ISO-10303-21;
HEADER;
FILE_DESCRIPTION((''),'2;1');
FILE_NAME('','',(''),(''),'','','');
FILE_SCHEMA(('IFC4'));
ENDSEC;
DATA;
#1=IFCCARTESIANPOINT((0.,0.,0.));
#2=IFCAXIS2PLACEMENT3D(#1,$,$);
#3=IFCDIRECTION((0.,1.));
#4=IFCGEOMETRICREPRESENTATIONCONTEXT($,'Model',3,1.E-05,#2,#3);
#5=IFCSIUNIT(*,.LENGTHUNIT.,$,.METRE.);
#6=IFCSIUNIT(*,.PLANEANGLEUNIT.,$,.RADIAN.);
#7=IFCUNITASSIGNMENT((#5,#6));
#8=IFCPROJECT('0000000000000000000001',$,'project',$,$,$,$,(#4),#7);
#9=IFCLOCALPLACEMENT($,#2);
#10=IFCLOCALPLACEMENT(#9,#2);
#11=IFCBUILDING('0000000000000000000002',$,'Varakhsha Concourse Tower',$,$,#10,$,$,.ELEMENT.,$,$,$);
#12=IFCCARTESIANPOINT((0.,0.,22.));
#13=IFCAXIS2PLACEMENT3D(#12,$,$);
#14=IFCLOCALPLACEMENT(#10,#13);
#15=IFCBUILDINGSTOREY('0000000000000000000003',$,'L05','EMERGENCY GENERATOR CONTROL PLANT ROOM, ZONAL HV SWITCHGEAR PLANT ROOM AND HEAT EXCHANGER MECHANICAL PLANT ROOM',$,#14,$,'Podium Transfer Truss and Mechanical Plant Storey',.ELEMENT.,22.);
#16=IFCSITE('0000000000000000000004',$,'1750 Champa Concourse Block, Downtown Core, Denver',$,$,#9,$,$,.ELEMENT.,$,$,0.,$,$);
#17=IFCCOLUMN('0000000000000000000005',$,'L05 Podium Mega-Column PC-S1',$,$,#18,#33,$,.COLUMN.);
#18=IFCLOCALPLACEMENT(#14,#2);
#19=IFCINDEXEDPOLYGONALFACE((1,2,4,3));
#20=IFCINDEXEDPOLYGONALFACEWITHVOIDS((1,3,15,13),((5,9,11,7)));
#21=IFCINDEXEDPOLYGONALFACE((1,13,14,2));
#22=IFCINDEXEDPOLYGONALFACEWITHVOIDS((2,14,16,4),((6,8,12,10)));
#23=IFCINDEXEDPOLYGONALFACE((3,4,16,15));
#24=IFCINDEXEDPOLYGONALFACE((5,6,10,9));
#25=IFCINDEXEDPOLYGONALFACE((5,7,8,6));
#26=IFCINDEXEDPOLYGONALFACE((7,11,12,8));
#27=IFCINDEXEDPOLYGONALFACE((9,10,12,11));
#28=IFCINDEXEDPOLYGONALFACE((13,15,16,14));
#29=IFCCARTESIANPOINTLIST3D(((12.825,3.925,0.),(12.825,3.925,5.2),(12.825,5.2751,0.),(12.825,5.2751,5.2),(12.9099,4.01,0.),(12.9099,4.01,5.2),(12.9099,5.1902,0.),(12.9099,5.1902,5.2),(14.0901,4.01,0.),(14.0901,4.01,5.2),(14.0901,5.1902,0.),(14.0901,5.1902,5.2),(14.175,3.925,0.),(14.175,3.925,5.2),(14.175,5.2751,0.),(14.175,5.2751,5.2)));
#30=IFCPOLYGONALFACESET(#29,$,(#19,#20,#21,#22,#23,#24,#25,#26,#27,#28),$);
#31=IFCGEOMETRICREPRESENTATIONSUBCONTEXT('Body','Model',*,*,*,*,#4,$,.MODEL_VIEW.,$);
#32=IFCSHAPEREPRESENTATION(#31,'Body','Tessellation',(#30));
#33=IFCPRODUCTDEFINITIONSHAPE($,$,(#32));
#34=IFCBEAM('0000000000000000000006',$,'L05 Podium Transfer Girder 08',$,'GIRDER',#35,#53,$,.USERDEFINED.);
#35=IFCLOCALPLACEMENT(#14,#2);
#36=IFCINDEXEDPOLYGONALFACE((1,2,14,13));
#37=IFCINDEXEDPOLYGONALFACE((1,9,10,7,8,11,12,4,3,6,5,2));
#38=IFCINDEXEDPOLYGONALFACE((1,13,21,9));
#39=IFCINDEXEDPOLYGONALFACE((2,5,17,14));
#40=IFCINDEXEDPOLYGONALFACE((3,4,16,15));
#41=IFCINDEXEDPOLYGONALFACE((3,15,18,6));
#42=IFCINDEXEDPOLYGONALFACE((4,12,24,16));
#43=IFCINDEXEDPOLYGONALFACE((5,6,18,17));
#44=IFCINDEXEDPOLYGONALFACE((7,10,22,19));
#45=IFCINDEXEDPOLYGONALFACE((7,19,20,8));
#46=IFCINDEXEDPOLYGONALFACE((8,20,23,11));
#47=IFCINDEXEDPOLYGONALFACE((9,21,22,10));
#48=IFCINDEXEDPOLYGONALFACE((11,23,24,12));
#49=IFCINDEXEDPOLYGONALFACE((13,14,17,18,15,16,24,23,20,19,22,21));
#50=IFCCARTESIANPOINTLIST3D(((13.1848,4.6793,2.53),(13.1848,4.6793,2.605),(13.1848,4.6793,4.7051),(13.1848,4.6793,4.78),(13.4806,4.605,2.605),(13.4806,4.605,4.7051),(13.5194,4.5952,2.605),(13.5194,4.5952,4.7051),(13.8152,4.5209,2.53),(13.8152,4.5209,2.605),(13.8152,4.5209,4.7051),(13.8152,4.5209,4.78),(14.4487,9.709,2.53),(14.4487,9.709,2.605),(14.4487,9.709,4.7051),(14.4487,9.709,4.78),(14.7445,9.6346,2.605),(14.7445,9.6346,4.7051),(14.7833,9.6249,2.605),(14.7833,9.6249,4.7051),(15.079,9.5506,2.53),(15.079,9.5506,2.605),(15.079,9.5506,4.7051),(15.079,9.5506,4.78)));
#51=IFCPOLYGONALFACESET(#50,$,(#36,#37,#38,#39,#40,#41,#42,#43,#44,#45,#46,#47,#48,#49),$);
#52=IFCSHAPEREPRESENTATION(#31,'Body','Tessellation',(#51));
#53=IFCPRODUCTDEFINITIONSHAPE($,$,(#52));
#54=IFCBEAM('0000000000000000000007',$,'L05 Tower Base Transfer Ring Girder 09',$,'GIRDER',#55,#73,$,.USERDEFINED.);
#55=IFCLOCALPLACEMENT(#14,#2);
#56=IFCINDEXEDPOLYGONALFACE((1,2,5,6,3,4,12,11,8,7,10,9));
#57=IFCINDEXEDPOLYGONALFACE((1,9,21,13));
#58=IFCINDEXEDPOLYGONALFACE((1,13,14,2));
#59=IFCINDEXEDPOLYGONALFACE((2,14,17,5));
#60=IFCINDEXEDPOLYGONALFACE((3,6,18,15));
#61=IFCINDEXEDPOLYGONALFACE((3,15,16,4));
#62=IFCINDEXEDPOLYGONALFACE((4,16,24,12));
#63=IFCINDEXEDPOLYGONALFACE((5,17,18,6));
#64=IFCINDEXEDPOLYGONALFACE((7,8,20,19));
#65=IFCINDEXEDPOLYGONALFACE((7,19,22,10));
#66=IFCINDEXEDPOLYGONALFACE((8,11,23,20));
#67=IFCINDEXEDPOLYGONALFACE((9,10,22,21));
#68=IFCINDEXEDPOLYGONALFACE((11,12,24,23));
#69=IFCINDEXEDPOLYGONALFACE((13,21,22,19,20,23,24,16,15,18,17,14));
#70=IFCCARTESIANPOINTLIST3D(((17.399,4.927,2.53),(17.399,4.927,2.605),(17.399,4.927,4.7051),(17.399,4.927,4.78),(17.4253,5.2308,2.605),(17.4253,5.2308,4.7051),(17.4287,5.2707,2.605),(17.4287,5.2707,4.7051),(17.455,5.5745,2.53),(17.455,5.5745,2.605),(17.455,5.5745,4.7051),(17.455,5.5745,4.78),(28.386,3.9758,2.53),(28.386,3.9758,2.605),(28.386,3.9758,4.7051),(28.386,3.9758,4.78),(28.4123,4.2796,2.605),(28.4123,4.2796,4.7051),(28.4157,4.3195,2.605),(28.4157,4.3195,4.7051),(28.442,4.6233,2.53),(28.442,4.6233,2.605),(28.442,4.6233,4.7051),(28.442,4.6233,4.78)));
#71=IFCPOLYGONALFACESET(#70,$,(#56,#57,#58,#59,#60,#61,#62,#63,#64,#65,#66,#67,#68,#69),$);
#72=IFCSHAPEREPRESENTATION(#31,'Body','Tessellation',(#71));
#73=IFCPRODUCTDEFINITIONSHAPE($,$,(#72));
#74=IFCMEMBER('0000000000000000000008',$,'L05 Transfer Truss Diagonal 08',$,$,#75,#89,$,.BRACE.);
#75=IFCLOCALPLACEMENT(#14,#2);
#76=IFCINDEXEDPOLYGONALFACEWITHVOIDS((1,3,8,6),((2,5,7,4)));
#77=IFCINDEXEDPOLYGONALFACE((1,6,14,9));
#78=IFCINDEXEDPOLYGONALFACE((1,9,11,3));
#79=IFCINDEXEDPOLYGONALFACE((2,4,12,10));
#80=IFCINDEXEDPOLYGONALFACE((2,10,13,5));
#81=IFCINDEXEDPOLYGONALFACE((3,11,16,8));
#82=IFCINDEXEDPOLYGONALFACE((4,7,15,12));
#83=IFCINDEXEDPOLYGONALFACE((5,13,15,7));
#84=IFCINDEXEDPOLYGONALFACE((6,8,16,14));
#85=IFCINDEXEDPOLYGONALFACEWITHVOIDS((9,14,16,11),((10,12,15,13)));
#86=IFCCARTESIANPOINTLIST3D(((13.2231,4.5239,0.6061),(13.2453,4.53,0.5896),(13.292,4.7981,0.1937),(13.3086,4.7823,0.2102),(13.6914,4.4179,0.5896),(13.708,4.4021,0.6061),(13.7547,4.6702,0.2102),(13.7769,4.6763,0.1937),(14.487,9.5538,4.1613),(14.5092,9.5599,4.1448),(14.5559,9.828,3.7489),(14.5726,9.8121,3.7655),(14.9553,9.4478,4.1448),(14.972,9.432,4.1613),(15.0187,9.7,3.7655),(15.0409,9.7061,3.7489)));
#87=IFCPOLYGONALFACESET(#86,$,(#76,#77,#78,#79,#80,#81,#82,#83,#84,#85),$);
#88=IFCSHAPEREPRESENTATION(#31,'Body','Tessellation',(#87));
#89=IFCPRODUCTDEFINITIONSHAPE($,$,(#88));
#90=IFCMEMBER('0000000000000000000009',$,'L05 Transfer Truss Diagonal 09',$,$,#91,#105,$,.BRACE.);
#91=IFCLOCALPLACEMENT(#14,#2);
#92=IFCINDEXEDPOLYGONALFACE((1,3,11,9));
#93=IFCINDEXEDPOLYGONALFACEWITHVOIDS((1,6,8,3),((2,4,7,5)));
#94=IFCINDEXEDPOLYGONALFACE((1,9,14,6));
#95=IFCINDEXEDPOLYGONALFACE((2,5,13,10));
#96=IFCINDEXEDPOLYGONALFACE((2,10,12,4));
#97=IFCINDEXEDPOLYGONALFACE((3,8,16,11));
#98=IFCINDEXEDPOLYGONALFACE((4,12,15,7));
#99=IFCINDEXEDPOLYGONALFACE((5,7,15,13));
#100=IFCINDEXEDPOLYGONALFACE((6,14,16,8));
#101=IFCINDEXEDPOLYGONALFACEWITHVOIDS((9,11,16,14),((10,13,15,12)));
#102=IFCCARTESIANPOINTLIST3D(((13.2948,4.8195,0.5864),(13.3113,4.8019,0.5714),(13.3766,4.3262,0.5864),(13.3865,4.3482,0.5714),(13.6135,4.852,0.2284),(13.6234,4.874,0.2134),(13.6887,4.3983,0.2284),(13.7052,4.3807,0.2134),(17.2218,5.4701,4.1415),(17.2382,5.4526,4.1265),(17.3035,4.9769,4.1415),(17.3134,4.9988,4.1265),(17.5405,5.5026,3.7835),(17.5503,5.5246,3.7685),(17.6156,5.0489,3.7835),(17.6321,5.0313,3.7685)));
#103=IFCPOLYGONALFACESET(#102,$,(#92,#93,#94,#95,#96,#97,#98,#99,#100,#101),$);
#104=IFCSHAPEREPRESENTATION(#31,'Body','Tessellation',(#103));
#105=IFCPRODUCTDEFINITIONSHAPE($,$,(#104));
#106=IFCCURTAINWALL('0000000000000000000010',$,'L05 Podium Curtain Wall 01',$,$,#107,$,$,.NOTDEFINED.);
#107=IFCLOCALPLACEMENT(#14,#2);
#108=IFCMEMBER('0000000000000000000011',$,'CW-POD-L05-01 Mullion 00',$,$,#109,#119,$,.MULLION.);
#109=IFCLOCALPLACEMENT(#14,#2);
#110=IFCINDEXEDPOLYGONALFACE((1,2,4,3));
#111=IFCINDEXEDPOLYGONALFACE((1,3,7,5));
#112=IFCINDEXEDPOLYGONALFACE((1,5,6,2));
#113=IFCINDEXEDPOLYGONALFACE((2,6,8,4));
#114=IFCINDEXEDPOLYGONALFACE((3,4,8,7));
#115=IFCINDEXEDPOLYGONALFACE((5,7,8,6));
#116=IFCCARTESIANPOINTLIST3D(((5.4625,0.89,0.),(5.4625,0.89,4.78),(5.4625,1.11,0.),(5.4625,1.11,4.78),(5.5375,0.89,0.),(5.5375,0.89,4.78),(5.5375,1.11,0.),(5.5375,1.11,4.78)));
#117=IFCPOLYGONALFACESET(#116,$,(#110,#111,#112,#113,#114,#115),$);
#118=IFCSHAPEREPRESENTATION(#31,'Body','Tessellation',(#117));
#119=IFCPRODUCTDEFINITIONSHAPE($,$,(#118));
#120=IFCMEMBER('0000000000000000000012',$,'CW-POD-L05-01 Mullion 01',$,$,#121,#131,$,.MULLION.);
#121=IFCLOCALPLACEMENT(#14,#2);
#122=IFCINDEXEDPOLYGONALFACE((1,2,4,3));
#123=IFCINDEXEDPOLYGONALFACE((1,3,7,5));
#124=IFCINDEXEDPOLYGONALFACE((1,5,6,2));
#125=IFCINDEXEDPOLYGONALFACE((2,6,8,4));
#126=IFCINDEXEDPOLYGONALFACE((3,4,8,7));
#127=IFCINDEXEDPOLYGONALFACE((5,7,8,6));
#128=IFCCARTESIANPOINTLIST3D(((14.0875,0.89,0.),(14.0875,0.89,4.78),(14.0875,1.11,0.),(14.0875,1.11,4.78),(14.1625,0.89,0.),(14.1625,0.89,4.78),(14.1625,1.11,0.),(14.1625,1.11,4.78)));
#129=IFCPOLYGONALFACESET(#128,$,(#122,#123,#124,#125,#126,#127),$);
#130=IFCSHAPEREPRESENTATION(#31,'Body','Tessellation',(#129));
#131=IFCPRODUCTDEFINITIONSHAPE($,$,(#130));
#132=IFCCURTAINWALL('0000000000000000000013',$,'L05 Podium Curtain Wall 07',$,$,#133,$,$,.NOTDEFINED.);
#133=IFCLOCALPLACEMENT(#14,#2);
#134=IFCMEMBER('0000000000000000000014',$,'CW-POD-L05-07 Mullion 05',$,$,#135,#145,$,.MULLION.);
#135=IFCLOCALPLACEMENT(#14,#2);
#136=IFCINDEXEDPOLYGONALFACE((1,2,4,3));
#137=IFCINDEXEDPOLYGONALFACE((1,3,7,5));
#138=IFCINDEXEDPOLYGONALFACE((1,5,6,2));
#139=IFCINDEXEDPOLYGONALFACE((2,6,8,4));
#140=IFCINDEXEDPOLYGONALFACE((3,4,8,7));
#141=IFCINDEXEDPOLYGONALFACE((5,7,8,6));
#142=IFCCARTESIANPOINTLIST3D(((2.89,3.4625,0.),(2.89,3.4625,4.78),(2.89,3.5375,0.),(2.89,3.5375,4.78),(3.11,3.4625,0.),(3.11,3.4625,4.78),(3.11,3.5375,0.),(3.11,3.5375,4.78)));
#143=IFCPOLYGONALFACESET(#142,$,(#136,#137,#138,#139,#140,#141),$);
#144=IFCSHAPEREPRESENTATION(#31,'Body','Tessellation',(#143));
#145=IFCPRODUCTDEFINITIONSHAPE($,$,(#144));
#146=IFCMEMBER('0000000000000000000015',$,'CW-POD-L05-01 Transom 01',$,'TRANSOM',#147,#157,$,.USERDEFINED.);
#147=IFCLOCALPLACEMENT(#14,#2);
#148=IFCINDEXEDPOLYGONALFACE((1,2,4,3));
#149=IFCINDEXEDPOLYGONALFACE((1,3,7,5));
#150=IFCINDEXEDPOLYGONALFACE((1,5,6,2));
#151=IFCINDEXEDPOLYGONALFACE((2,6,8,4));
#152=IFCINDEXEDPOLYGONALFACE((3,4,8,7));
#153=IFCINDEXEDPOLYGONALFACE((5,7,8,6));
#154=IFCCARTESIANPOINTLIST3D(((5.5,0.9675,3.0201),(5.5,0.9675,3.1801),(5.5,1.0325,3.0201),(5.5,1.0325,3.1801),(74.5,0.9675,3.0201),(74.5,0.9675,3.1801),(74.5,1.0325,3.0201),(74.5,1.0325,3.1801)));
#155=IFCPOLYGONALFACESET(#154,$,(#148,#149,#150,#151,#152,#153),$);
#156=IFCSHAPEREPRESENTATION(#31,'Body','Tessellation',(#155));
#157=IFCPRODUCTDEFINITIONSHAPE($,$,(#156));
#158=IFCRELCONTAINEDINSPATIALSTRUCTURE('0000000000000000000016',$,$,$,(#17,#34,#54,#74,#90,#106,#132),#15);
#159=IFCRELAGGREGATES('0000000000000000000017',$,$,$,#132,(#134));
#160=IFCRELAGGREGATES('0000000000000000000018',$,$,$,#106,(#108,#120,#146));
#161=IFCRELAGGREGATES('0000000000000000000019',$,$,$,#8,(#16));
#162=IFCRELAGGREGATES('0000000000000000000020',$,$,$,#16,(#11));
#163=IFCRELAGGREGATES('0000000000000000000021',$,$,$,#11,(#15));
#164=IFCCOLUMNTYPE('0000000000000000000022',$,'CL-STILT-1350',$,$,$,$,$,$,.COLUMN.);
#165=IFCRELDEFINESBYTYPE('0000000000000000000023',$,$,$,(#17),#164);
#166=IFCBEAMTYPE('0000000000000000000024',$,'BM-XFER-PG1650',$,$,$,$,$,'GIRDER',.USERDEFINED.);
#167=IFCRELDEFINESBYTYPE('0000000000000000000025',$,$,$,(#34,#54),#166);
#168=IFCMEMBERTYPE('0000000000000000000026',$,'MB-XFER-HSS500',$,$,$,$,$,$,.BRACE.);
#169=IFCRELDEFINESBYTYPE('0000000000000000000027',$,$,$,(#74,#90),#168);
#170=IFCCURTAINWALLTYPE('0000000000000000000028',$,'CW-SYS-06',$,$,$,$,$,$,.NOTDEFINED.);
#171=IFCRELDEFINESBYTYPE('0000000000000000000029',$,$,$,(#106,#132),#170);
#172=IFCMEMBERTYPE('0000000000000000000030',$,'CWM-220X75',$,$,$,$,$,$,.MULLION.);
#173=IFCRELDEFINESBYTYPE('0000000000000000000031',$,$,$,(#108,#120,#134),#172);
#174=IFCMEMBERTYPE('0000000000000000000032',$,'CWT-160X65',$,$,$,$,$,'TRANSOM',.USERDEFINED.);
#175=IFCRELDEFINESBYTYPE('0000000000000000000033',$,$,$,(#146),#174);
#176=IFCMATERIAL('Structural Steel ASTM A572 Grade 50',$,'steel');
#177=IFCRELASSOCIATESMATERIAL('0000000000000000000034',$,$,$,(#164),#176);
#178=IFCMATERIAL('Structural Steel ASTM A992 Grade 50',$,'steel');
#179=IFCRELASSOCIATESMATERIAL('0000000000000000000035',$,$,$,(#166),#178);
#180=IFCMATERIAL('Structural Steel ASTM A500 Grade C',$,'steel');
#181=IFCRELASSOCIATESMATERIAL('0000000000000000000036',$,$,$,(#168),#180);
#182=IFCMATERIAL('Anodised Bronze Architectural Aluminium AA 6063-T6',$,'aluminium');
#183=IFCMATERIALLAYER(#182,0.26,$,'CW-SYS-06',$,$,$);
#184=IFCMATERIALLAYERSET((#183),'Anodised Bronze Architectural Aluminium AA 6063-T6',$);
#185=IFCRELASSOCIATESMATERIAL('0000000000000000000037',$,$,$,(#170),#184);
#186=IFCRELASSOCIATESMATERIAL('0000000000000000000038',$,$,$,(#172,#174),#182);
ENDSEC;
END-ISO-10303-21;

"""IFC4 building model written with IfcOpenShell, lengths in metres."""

from ifc_helpers import new_model, si_unit, direction, frame, origin, origin_2d, place, context, subcontext, project, spatial, rectangle, hollow_rectangle, i_section, extrude, source, transform, mapped, material, layer, layer_set, material_profile, profile_set, type_object, type_shapes, element, aggregate, save


model = new_model("IFC4")

# Units and contexts
model_context = context("Model", 3, precision=1e-05, world=origin(), true_north=direction((0.0, 1.0)))
body_context = subcontext(model_context, "Body", "Model", "MODEL_VIEW")
ifc_project = project(units=[si_unit("LENGTHUNIT", "METRE"), si_unit("PLANEANGLEUNIT", "RADIAN")], contexts=[model_context])

# Site, building, storey
site_placement = place(None, origin())
site = spatial("IfcSite", under=ifc_project, at=site_placement, Name="1750 Champa Concourse Block, Downtown Core, Denver", CompositionType="ELEMENT", RefElevation=0.0)
building_placement = place(site_placement, origin())
building = spatial("IfcBuilding", under=site, at=building_placement, Name="Varakhsha Concourse Tower", CompositionType="ELEMENT")
storey_placement = place(building_placement, frame((0.0, 0.0, 22.0)))
storey = spatial("IfcBuildingStorey", under=building, at=storey_placement, Name="L05", Description="EMERGENCY GENERATOR CONTROL PLANT ROOM, ZONAL HV SWITCHGEAR PLANT ROOM AND HEAT EXCHANGER MECHANICAL PLANT ROOM", LongName="Podium Transfer Truss and Mechanical Plant Storey", CompositionType="ELEMENT", Elevation=22.0)

# Column
ifc_material_1 = material(Name="Structural Steel ASTM A572 Grade 50", Category="steel")
ifc_material_profile_1 = material_profile(ifc_material_1, hollow_rectangle(XDim=1.3501, YDim=1.3501, WallThickness=0.085, at=origin_2d()), Name="BOX 1350x1350x85")
ifc_profile_set_1 = profile_set([ifc_material_profile_1], Name="Structural Steel ASTM A572 Grade 50")
column_type = type_object("IfcColumnType", Name="CL-STILT-1350", PredefinedType="COLUMN", material=ifc_profile_set_1)
column_placement = place(storey_placement, frame((13.5, 4.6001, 0.0), z_axis=(0.0, 0.0, 1.0), x_axis=(1.0, 0.0, 0.0)))
element("IfcColumn", 1, at=column_placement, inside=storey, type_object=column_type, Name="L05 Podium Mega-Column PC-S1", PredefinedType="COLUMN", context=body_context, shape_type="SweptSolid", body=[
    extrude(hollow_rectangle(XDim=1.3501, YDim=1.3501, WallThickness=0.085, at=origin_2d()), origin(), (0.0, 0.0, 1.0), 5.2),
])

# Beams
ifc_material_2 = material(Name="Structural Steel ASTM A992 Grade 50", Category="steel")
ifc_material_profile_2 = material_profile(ifc_material_2, i_section(OverallWidth=0.6499, OverallDepth=2.25, WebThickness=0.04, FlangeThickness=0.075, at=origin_2d()), Name="PG 2250x650x75x40")
ifc_profile_set_2 = profile_set([ifc_material_profile_2], Name="Structural Steel ASTM A992 Grade 50")
beam_type = type_object("IfcBeamType", Name="BM-XFER-PG1650", ElementType="GIRDER", PredefinedType="USERDEFINED", material=ifc_profile_set_2)
beam_1_placement = place(storey_placement, frame((13.5, 4.6001, 3.655), z_axis=(0.24371, 0.969848, 0.0), x_axis=(-0.969848, 0.24371, 0.0)))
element("IfcBeam", 2, at=beam_1_placement, inside=storey, type_object=beam_type, Name="L05 Podium Transfer Girder 08", ObjectType="GIRDER", PredefinedType="USERDEFINED", context=body_context, shape_type="SweptSolid", body=[
    extrude(i_section(OverallWidth=0.6499, OverallDepth=2.25, WebThickness=0.04, FlangeThickness=0.075, at=origin_2d()), origin(), (0.0, 0.0, 1.0), 5.186),
])
beam_2_placement = place(storey_placement, frame((17.427, 5.2507, 3.655), z_axis=(0.996274, -0.086249, 0.0), x_axis=(0.086249, 0.996274, 0.0)))
element("IfcBeam", 3, at=beam_2_placement, inside=storey, type_object=beam_type, Name="L05 Tower Base Transfer Ring Girder 09", ObjectType="GIRDER", PredefinedType="USERDEFINED", context=body_context, shape_type="SweptSolid", body=[
    extrude(i_section(OverallWidth=0.6499, OverallDepth=2.25, WebThickness=0.04, FlangeThickness=0.075, at=origin_2d()), origin(), (0.0, 0.0, 1.0), 11.0281),
])

# Members
ifc_material_3 = material(Name="Structural Steel ASTM A500 Grade C", Category="steel")
ifc_material_profile_3 = material_profile(ifc_material_3, hollow_rectangle(XDim=0.5, YDim=0.5, WallThickness=0.02, at=origin_2d()), Name="HSS 500x500x20")
ifc_profile_set_3 = profile_set([ifc_material_profile_3], Name="Structural Steel ASTM A500 Grade C")
member_type_1 = type_object("IfcMemberType", Name="MB-XFER-HSS500", PredefinedType="BRACE", material=ifc_profile_set_3)
shared_shape_1 = source(origin(), body_context, "Body", "SweptSolid", [
    extrude(hollow_rectangle(XDim=0.5, YDim=0.5, WallThickness=0.02, at=origin_2d()), origin(), (0.0, 0.0, 1.0), 6.2878),
])
member_1_placement = place(storey_placement, frame((13.5, 4.6001, 0.3999), z_axis=(0.201013, 0.799937, 0.565415), x_axis=(-0.969848, 0.24371, 0.0)))
element("IfcMember", 4, at=member_1_placement, inside=storey, type_object=member_type_1, Name="L05 Transfer Truss Diagonal 08", PredefinedType="BRACE", context=body_context, shape_type="MappedRepresentation", body=[
    mapped(shared_shape_1, transform((0.0, 0.0, 0.0), scale=1.0)),
])
shared_shape_2 = source(origin(), body_context, "Body", "SweptSolid", [
    extrude(hollow_rectangle(XDim=0.5, YDim=0.5, WallThickness=0.02, at=origin_2d()), origin(), (0.0, 0.0, 1.0), 5.3369),
])
type_shapes(member_type_1, [shared_shape_1, shared_shape_2])
member_2_placement = place(storey_placement, frame((13.5, 4.6001, 0.3999), z_axis=(0.735802, 0.121909, 0.666133), x_axis=(-0.163454, 0.986551, 0.0)))
element("IfcMember", 5, at=member_2_placement, inside=storey, type_object=member_type_1, Name="L05 Transfer Truss Diagonal 09", PredefinedType="BRACE", context=body_context, shape_type="MappedRepresentation", body=[
    mapped(shared_shape_2, transform((0.0, 0.0, 0.0), scale=1.0)),
])

# Curtain wall, members
ifc_material_4 = material(Name="Anodised Bronze Architectural Aluminium AA 6063-T6", Category="aluminium")
ifc_layer_1 = layer(ifc_material_4, 0.26, Name="CW-SYS-06")
ifc_layer_set_1 = layer_set([ifc_layer_1], Name="Anodised Bronze Architectural Aluminium AA 6063-T6")
curtain_wall_type = type_object("IfcCurtainWallType", Name="CW-SYS-06", PredefinedType="NOTDEFINED", material=ifc_layer_set_1)
curtain_wall_1_placement = place(storey_placement, origin())
curtain_wall_1 = element("IfcCurtainWall", 6, at=curtain_wall_1_placement, inside=storey, type_object=curtain_wall_type, Name="L05 Podium Curtain Wall 01", PredefinedType="NOTDEFINED")
ifc_material_profile_4 = material_profile(ifc_material_4, rectangle(XDim=0.075, YDim=0.22, at=origin_2d()), Name="CWM-220X75")
ifc_profile_set_4 = profile_set([ifc_material_profile_4], Name="Anodised Bronze Architectural Aluminium AA 6063-T6")
member_type_2 = type_object("IfcMemberType", Name="CWM-220X75", PredefinedType="MULLION", material=ifc_profile_set_4)
shared_shape_3 = source(origin(), body_context, "Body", "SweptSolid", [
    extrude(rectangle(XDim=0.075, YDim=0.22, at=origin_2d()), origin(), (0.0, 0.0, 1.0), 4.78),
])
type_shapes(member_type_2, [shared_shape_3])
member_3_placement = place(storey_placement, frame((5.5, 1.0, 0.0), z_axis=(0.0, 0.0, 1.0), x_axis=(1.0, 0.0, 0.0)))
member_3 = element("IfcMember", 7, at=member_3_placement, type_object=member_type_2, Name="CW-POD-L05-01 Mullion 00", PredefinedType="MULLION", context=body_context, shape_type="MappedRepresentation", body=[
    mapped(shared_shape_3, transform((0.0, 0.0, 0.0), scale=1.0)),
])
member_4_placement = place(storey_placement, frame((14.125, 1.0, 0.0), z_axis=(0.0, 0.0, 1.0), x_axis=(1.0, 0.0, 0.0)))
member_4 = element("IfcMember", 8, at=member_4_placement, type_object=member_type_2, Name="CW-POD-L05-01 Mullion 01", PredefinedType="MULLION", context=body_context, shape_type="MappedRepresentation", body=[
    mapped(shared_shape_3, transform((0.0, 0.0, 0.0), scale=1.0)),
])

# Curtain wall, member
curtain_wall_2_placement = place(storey_placement, origin())
curtain_wall_2 = element("IfcCurtainWall", 9, at=curtain_wall_2_placement, inside=storey, type_object=curtain_wall_type, Name="L05 Podium Curtain Wall 07", PredefinedType="NOTDEFINED")
member_5_placement = place(storey_placement, frame((3.0, 3.5, 0.0), z_axis=(0.0, 0.0, 1.0), x_axis=(0.0, -1.0, 0.0)))
member_5 = element("IfcMember", 10, at=member_5_placement, type_object=member_type_2, Name="CW-POD-L05-07 Mullion 05", PredefinedType="MULLION", context=body_context, shape_type="MappedRepresentation", body=[
    mapped(shared_shape_3, transform((0.0, 0.0, 0.0), scale=1.0)),
])
aggregate(curtain_wall_2, [member_5])

# Member
ifc_material_profile_5 = material_profile(ifc_material_4, rectangle(XDim=0.0649, YDim=0.1599, at=origin_2d()), Name="CWT-160X65")
ifc_profile_set_5 = profile_set([ifc_material_profile_5], Name="Anodised Bronze Architectural Aluminium AA 6063-T6")
member_type_3 = type_object("IfcMemberType", Name="CWT-160X65", ElementType="TRANSOM", PredefinedType="USERDEFINED", material=ifc_profile_set_5)
shared_shape_4 = source(origin(), body_context, "Body", "SweptSolid", [
    extrude(rectangle(XDim=0.0649, YDim=0.1599, at=origin_2d()), origin(), (0.0, 0.0, 1.0), 69.0),
])
type_shapes(member_type_3, [shared_shape_4])
member_6_placement = place(storey_placement, frame((5.5, 1.0, 3.1001), z_axis=(1.0, 0.0, 0.0), x_axis=(0.0, 1.0, 0.0)))
member_6 = element("IfcMember", 11, at=member_6_placement, type_object=member_type_3, Name="CW-POD-L05-01 Transom 01", ObjectType="TRANSOM", PredefinedType="USERDEFINED", context=body_context, shape_type="MappedRepresentation", body=[
    mapped(shared_shape_4, transform((0.0, 0.0, 0.0), scale=1.0)),
])

aggregate(curtain_wall_1, [member_3, member_4, member_6])

save(model, "model.ifc")
